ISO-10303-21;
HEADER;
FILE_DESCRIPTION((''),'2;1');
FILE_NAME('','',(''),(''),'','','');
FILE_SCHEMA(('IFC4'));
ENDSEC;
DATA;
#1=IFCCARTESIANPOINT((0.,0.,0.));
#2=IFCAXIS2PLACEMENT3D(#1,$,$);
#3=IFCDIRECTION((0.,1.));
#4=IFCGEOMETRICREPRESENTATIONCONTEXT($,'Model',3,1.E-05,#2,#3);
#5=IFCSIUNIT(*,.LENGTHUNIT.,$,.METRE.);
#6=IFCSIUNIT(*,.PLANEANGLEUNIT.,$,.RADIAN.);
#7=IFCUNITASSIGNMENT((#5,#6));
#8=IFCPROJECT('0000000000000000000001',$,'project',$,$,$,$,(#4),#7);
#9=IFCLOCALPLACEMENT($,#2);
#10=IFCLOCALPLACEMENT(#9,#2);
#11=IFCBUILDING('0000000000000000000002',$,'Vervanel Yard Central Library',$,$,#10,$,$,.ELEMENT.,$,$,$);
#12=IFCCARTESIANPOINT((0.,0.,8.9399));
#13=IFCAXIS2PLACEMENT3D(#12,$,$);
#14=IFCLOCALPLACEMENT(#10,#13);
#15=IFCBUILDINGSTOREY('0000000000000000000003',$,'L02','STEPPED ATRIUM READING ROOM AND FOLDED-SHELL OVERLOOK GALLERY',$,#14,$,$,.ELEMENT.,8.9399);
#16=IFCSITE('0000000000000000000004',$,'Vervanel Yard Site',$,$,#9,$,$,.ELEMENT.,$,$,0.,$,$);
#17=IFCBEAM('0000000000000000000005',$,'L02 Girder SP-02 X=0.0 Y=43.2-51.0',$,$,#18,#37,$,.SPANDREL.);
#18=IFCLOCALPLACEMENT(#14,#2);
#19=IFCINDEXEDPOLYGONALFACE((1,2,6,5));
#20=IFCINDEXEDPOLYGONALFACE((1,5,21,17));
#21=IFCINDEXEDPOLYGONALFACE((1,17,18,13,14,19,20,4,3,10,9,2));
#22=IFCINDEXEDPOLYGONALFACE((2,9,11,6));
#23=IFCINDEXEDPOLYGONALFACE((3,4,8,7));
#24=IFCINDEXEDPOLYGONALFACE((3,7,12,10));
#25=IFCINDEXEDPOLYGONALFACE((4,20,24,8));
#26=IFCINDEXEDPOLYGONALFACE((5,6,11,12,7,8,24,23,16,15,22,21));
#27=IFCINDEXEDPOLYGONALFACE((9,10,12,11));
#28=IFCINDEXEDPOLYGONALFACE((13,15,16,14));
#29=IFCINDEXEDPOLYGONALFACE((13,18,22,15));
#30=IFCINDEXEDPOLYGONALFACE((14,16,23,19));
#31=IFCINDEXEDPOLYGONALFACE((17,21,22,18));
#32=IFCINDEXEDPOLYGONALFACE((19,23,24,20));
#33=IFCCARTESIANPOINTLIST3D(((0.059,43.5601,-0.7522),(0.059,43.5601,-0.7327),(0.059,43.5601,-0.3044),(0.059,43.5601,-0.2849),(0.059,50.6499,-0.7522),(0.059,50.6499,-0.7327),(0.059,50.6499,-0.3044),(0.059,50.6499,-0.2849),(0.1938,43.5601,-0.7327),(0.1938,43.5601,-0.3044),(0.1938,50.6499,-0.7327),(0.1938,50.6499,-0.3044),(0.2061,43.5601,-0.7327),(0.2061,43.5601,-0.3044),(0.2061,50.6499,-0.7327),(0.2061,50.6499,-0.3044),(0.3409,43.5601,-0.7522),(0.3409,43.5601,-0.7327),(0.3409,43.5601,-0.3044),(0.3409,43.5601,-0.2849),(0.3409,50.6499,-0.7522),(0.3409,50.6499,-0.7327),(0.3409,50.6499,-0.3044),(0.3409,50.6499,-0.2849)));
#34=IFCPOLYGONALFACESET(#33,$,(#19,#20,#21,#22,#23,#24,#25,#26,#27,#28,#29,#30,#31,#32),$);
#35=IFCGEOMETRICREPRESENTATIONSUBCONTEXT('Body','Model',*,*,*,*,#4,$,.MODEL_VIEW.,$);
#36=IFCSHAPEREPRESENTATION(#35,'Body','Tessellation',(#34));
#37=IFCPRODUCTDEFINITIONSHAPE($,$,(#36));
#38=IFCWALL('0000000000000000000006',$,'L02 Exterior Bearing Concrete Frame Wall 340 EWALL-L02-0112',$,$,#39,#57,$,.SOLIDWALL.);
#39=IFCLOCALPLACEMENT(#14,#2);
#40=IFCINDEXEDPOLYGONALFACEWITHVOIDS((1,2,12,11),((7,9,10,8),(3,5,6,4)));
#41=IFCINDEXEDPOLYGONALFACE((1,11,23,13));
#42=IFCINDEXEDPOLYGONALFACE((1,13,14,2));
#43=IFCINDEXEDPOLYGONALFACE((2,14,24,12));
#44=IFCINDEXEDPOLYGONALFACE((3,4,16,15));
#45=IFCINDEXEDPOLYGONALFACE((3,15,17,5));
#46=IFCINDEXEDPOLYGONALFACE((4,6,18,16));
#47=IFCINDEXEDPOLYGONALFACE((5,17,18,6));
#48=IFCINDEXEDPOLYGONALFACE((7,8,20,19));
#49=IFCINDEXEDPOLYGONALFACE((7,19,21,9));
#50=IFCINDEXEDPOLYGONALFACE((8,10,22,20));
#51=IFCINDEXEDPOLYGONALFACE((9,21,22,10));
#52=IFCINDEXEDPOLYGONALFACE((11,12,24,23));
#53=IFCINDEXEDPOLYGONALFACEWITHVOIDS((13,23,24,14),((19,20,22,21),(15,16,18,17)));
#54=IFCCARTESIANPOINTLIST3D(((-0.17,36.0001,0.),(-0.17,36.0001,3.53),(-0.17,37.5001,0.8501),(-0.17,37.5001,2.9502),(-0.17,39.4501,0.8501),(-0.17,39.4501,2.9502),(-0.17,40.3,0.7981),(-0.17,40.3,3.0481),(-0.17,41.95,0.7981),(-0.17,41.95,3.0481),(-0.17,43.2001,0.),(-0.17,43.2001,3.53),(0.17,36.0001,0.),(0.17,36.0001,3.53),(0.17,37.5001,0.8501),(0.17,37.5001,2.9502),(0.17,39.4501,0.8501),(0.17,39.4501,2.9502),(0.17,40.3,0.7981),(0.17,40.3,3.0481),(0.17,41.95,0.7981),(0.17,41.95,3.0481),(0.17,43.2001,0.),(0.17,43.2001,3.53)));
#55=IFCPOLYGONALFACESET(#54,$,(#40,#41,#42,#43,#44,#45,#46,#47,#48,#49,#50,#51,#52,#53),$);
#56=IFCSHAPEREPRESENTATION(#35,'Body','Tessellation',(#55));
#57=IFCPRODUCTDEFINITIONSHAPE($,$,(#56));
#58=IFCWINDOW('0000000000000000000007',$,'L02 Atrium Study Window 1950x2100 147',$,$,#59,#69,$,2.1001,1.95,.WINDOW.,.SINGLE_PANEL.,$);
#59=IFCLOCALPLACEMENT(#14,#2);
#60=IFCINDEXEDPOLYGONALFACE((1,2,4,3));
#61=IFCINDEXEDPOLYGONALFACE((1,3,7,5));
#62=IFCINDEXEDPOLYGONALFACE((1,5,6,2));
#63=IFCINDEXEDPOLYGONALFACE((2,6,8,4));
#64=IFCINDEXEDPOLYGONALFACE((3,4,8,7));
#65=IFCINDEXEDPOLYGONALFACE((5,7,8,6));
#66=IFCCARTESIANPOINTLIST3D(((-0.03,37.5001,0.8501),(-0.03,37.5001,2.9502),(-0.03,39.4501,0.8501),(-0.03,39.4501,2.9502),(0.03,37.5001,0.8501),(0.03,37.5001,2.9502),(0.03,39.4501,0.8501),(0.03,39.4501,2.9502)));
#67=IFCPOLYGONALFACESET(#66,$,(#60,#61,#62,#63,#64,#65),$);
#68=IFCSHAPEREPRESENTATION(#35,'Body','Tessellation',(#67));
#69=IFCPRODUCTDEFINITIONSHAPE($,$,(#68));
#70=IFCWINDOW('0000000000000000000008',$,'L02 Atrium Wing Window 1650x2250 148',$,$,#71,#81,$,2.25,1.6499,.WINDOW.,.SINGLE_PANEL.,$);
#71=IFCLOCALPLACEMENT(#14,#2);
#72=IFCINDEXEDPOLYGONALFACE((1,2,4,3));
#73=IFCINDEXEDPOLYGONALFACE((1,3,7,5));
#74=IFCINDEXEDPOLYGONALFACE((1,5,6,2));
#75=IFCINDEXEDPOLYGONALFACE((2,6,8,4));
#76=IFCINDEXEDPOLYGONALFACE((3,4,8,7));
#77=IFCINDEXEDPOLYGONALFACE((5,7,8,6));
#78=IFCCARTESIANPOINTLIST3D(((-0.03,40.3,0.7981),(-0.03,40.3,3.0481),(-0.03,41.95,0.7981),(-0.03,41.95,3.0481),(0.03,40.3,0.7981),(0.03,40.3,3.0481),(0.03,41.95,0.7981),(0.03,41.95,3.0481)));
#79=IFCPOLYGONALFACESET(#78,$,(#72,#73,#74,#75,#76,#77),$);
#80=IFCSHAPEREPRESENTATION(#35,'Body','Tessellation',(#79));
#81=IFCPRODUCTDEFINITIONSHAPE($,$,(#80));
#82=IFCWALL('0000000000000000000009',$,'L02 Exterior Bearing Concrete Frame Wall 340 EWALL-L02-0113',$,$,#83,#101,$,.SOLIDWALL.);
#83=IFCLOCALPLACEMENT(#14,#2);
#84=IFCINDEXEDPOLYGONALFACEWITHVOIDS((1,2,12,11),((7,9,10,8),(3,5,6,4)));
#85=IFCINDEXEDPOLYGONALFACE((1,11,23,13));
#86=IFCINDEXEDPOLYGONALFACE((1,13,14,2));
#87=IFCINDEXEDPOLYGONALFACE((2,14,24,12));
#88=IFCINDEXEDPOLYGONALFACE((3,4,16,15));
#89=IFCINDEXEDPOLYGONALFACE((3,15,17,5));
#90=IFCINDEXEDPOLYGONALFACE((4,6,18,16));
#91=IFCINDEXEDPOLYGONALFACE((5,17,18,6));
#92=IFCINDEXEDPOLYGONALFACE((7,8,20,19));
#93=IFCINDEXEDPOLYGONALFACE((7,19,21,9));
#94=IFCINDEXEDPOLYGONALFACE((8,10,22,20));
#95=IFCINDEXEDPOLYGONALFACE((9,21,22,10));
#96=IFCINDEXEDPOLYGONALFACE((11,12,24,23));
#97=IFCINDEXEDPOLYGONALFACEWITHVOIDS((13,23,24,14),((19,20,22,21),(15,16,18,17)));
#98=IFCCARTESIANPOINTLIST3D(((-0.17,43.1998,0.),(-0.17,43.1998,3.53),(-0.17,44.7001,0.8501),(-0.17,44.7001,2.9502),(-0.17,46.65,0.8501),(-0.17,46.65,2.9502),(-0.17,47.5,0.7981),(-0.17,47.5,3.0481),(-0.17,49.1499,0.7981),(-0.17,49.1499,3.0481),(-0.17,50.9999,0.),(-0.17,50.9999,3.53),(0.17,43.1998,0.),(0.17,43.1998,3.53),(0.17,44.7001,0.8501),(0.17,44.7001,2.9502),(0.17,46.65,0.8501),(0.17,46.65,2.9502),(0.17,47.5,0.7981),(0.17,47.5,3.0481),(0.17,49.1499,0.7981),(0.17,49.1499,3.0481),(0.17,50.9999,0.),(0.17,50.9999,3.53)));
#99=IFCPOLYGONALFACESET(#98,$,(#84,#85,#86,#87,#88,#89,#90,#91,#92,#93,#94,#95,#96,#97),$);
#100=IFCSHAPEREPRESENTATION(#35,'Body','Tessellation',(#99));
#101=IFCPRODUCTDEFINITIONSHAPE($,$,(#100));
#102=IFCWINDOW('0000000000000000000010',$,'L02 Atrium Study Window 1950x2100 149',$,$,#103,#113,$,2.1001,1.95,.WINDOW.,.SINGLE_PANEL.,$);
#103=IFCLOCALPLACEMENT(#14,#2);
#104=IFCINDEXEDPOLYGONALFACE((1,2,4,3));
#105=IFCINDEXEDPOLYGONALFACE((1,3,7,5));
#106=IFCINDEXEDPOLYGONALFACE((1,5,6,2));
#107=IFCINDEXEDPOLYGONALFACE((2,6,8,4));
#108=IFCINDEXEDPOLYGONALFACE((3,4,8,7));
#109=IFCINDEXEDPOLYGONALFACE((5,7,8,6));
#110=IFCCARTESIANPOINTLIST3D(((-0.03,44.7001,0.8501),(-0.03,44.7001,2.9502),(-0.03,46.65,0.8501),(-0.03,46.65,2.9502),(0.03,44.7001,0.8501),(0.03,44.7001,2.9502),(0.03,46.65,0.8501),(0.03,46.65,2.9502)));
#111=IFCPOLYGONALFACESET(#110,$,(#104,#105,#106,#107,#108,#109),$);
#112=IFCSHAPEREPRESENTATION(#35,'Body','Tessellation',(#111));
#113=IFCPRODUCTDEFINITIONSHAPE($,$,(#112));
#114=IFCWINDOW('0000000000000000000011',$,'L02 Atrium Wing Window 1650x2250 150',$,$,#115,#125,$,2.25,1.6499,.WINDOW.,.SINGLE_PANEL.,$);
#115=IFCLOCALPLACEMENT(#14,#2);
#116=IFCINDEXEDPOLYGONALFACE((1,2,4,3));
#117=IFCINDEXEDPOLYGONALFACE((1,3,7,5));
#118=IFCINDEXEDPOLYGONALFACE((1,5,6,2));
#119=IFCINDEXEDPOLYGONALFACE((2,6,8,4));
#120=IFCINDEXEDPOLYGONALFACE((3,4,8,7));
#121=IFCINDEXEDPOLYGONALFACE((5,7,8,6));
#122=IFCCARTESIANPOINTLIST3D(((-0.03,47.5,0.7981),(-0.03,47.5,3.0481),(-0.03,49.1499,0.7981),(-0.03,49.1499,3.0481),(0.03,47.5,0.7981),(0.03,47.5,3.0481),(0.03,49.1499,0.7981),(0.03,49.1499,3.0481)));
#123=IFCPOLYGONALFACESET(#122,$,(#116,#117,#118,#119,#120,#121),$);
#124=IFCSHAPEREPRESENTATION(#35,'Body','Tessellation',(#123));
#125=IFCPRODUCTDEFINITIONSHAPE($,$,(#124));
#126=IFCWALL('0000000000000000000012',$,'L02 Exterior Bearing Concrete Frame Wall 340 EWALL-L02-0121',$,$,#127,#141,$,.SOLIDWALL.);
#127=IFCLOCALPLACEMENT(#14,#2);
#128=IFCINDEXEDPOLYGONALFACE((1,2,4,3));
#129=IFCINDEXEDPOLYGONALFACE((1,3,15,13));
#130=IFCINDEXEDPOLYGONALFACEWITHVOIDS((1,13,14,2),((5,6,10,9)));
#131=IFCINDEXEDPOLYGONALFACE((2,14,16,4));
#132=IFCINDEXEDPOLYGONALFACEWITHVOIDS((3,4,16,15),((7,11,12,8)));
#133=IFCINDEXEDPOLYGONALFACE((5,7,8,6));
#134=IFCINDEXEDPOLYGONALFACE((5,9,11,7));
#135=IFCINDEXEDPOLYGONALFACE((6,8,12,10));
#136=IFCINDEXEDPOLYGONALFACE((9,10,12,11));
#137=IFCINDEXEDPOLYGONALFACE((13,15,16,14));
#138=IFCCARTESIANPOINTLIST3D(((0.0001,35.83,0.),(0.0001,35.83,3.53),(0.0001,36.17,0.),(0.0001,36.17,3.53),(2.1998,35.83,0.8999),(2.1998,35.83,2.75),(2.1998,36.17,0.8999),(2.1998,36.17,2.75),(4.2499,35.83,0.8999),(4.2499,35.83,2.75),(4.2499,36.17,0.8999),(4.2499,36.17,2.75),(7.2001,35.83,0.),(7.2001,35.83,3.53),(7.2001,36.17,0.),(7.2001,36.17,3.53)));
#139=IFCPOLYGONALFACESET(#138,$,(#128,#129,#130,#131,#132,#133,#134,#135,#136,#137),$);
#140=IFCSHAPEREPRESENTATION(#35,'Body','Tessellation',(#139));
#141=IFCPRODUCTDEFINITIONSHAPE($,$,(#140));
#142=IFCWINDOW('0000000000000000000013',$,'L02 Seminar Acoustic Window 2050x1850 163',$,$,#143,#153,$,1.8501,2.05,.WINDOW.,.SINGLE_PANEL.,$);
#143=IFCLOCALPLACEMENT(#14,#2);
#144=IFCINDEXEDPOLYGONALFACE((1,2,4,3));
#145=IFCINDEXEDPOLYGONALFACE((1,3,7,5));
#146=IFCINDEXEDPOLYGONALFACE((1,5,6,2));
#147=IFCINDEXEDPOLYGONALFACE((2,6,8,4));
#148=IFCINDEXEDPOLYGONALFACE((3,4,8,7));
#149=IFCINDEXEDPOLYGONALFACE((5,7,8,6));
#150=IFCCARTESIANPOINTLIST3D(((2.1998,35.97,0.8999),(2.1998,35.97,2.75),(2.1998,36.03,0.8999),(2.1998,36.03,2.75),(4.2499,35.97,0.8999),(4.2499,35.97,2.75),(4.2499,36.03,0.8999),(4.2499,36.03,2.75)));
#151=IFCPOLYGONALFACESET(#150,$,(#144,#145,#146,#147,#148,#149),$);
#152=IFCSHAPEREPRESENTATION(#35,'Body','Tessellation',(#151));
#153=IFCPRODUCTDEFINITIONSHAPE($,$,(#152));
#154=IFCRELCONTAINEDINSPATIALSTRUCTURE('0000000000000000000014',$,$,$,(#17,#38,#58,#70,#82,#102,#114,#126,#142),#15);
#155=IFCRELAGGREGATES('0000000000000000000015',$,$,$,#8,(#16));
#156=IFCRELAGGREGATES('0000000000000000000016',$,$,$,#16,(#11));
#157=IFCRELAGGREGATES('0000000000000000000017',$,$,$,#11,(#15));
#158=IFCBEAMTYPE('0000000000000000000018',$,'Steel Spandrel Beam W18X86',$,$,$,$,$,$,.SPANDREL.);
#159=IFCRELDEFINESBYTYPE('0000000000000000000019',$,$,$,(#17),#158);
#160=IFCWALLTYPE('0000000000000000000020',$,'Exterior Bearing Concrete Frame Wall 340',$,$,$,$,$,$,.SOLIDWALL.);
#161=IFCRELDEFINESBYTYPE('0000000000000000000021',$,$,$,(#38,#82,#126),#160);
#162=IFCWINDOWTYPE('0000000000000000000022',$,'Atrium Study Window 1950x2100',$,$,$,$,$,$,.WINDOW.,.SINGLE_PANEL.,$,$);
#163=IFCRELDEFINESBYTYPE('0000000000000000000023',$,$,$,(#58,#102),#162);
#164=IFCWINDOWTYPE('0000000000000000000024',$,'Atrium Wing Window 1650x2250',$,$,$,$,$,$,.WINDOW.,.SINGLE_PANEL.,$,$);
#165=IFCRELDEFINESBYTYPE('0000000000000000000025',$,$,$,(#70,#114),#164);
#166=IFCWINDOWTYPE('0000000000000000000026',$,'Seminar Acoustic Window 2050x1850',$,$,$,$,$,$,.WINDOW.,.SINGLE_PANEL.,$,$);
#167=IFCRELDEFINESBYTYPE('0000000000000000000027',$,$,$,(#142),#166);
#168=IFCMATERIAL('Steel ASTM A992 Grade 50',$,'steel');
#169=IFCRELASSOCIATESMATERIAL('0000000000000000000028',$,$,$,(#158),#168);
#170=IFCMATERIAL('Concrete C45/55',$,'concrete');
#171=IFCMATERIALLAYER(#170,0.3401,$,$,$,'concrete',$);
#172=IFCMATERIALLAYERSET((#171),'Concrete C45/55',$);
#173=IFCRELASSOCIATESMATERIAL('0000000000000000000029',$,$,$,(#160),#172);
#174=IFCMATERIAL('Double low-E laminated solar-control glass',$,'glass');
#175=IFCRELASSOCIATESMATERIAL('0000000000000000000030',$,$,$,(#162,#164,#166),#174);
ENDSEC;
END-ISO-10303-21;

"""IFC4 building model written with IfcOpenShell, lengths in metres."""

from ifc_helpers import new_model, si_unit, direction, frame, frame_2d, origin, origin_2d, place, context, subcontext, project, spatial, rectangle, i_section, extrude, material, layer, layer_set, material_profile, profile_set, type_object, element, fill, save


model = new_model("IFC4")

# Units and contexts
model_context = context("Model", 3, precision=1e-05, world=origin(), true_north=direction((0.0, 1.0)))
body_context = subcontext(model_context, "Body", "Model", "MODEL_VIEW")
ifc_project = project(units=[si_unit("LENGTHUNIT", "METRE"), si_unit("PLANEANGLEUNIT", "RADIAN")], contexts=[model_context])

# Site, building, storey
site_placement = place(None, origin())
site = spatial("IfcSite", under=ifc_project, at=site_placement, Name="Vervanel Yard Site", CompositionType="ELEMENT", RefElevation=0.0)
building_placement = place(site_placement, origin())
building = spatial("IfcBuilding", under=site, at=building_placement, Name="Vervanel Yard Central Library", CompositionType="ELEMENT")
storey_placement = place(building_placement, frame((0.0, 0.0, 8.9399)))
storey = spatial("IfcBuildingStorey", under=building, at=storey_placement, Name="L02", Description="STEPPED ATRIUM READING ROOM AND FOLDED-SHELL OVERLOOK GALLERY", CompositionType="ELEMENT", Elevation=8.9399)

# Beam
ifc_material_1 = material(Name="Steel ASTM A992 Grade 50", Category="steel")
ifc_material_profile_1 = material_profile(ifc_material_1, i_section(OverallWidth=0.282, OverallDepth=0.4673, WebThickness=0.0122, FlangeThickness=0.0195, at=origin_2d()), Name="W18X86", Category="steel")
ifc_profile_set_1 = profile_set([ifc_material_profile_1], Name="Steel ASTM A992 Grade 50")
beam_type_1 = type_object("IfcBeamType", Name="Steel Spandrel Beam W18X86", PredefinedType="SPANDREL", material=ifc_profile_set_1)
beam_1_placement = place(storey_placement, frame((0.2, 43.5601, -0.5186), z_axis=(0.0, 1.0, 0.0), x_axis=(-1.0, 0.0, 0.0)))
element("IfcBeam", 1, at=beam_1_placement, inside=storey, type_object=beam_type_1, Name="L02 Girder SP-02 X=0.0 Y=43.2-51.0", PredefinedType="SPANDREL", context=body_context, shape_type="SweptSolid", body=[
    extrude(i_section(OverallWidth=0.282, OverallDepth=0.4673, WebThickness=0.0122, FlangeThickness=0.0195, at=origin_2d()), origin(), (0.0, 0.0, 1.0), 7.0898),
])

# Walls, openings, windows
ifc_material_2 = material(Name="Concrete C45/55", Category="concrete")
ifc_layer = layer(ifc_material_2, 0.3401, Category="concrete")
ifc_layer_set = layer_set([ifc_layer], Name="Concrete C45/55")
wall_type = type_object("IfcWallType", Name="Exterior Bearing Concrete Frame Wall 340", PredefinedType="SOLIDWALL", material=ifc_layer_set)
wall_1_placement = place(storey_placement, frame((0.0, 36.0, 0.0), z_axis=(0.0, 0.0, 1.0), x_axis=(0.0, 1.0, 0.0)))
wall_1 = element("IfcWall", 2, at=wall_1_placement, inside=storey, type_object=wall_type, Name="L02 Exterior Bearing Concrete Frame Wall 340 EWALL-L02-0112", PredefinedType="SOLIDWALL", context=body_context, shape_type="SweptSolid", body=[
    extrude(rectangle(XDim=7.2, YDim=0.3401, at=frame_2d((3.6001, 0.0))), origin(), (0.0, 0.0, 1.0), 3.53),
])
opening_1_placement = place(wall_1_placement, frame((1.5, 0.0, 0.8501)))
opening_1 = element("IfcOpeningElement", 3, at=opening_1_placement, cuts=wall_1, PredefinedType="OPENING", context=body_context, shape_type="SweptSolid", body=[
    extrude(rectangle(XDim=1.95, YDim=2.1001, at=frame_2d((0.9751, 1.05))), frame((0.0, 0.1799, 0.0), z_axis=(0.0, -1.0, 0.0), x_axis=(1.0, 0.0, 0.0)), (0.0, 0.0, 1.0), 0.3601),
])
opening_2_placement = place(wall_1_placement, frame((4.3, 0.0, 0.7981)))
opening_2 = element("IfcOpeningElement", 4, at=opening_2_placement, cuts=wall_1, PredefinedType="OPENING", context=body_context, shape_type="SweptSolid", body=[
    extrude(rectangle(XDim=1.6499, YDim=2.25, at=frame_2d((0.825, 1.125))), frame((0.0, 0.1799, 0.0), z_axis=(0.0, -1.0, 0.0), x_axis=(1.0, 0.0, 0.0)), (0.0, 0.0, 1.0), 0.3601),
])
ifc_material_3 = material(Name="Double low-E laminated solar-control glass", Category="glass")
window_type_1 = type_object("IfcWindowType", Name="Atrium Study Window 1950x2100", PartitioningType="SINGLE_PANEL", PredefinedType="WINDOW", material=ifc_material_3)
window_1_placement = place(opening_1_placement, origin())
window_1 = element("IfcWindow", 5, at=window_1_placement, inside=storey, type_object=window_type_1, Name="L02 Atrium Study Window 1950x2100 147", OverallHeight=2.1001, OverallWidth=1.95, PartitioningType="SINGLE_PANEL", PredefinedType="WINDOW", context=body_context, shape_type="SweptSolid", body=[
    extrude(rectangle(XDim=1.95, YDim=2.1001, at=frame_2d((0.9751, 1.05))), frame((0.0, 0.03, 0.0), z_axis=(0.0, -1.0, 0.0), x_axis=(1.0, 0.0, 0.0)), (0.0, 0.0, 1.0), 0.0601),
])
fill(opening_1, window_1)
window_type_2 = type_object("IfcWindowType", Name="Atrium Wing Window 1650x2250", PartitioningType="SINGLE_PANEL", PredefinedType="WINDOW", material=ifc_material_3)
window_2_placement = place(opening_2_placement, origin())
window_2 = element("IfcWindow", 6, at=window_2_placement, inside=storey, type_object=window_type_2, Name="L02 Atrium Wing Window 1650x2250 148", OverallHeight=2.25, OverallWidth=1.6499, PartitioningType="SINGLE_PANEL", PredefinedType="WINDOW", context=body_context, shape_type="SweptSolid", body=[
    extrude(rectangle(XDim=1.6499, YDim=2.25, at=frame_2d((0.825, 1.125))), frame((0.0, 0.03, 0.0), z_axis=(0.0, -1.0, 0.0), x_axis=(1.0, 0.0, 0.0)), (0.0, 0.0, 1.0), 0.0601),
])
fill(opening_2, window_2)
wall_2_placement = place(storey_placement, frame((0.0, 43.2, 0.0), z_axis=(0.0, 0.0, 1.0), x_axis=(0.0, 1.0, 0.0)))
wall_2 = element("IfcWall", 7, at=wall_2_placement, inside=storey, type_object=wall_type, Name="L02 Exterior Bearing Concrete Frame Wall 340 EWALL-L02-0113", PredefinedType="SOLIDWALL", context=body_context, shape_type="SweptSolid", body=[
    extrude(rectangle(XDim=7.8, YDim=0.3401, at=frame_2d((3.8999, 0.0))), origin(), (0.0, 0.0, 1.0), 3.53),
])
opening_3_placement = place(wall_2_placement, frame((1.5, 0.0, 0.8501)))
opening_3 = element("IfcOpeningElement", 8, at=opening_3_placement, cuts=wall_2, PredefinedType="OPENING", context=body_context, shape_type="SweptSolid", body=[
    extrude(rectangle(XDim=1.95, YDim=2.1001, at=frame_2d((0.9751, 1.05))), frame((0.0, 0.1799, 0.0), z_axis=(0.0, -1.0, 0.0), x_axis=(1.0, 0.0, 0.0)), (0.0, 0.0, 1.0), 0.3601),
])
opening_4_placement = place(wall_2_placement, frame((4.3, 0.0, 0.7981)))
opening_4 = element("IfcOpeningElement", 9, at=opening_4_placement, cuts=wall_2, PredefinedType="OPENING", context=body_context, shape_type="SweptSolid", body=[
    extrude(rectangle(XDim=1.6499, YDim=2.25, at=frame_2d((0.825, 1.125))), frame((0.0, 0.1799, 0.0), z_axis=(0.0, -1.0, 0.0), x_axis=(1.0, 0.0, 0.0)), (0.0, 0.0, 1.0), 0.3601),
])
window_3_placement = place(opening_3_placement, origin())
window_3 = element("IfcWindow", 10, at=window_3_placement, inside=storey, type_object=window_type_1, Name="L02 Atrium Study Window 1950x2100 149", OverallHeight=2.1001, OverallWidth=1.95, PartitioningType="SINGLE_PANEL", PredefinedType="WINDOW", context=body_context, shape_type="SweptSolid", body=[
    extrude(rectangle(XDim=1.95, YDim=2.1001, at=frame_2d((0.9751, 1.05))), frame((0.0, 0.03, 0.0), z_axis=(0.0, -1.0, 0.0), x_axis=(1.0, 0.0, 0.0)), (0.0, 0.0, 1.0), 0.0601),
])
fill(opening_3, window_3)
window_4_placement = place(opening_4_placement, origin())
window_4 = element("IfcWindow", 11, at=window_4_placement, inside=storey, type_object=window_type_2, Name="L02 Atrium Wing Window 1650x2250 150", OverallHeight=2.25, OverallWidth=1.6499, PartitioningType="SINGLE_PANEL", PredefinedType="WINDOW", context=body_context, shape_type="SweptSolid", body=[
    extrude(rectangle(XDim=1.6499, YDim=2.25, at=frame_2d((0.825, 1.125))), frame((0.0, 0.03, 0.0), z_axis=(0.0, -1.0, 0.0), x_axis=(1.0, 0.0, 0.0)), (0.0, 0.0, 1.0), 0.0601),
])
fill(opening_4, window_4)

# Wall, opening, window
wall_3_placement = place(storey_placement, frame((0.0, 36.0, 0.0), z_axis=(0.0, 0.0, 1.0), x_axis=(1.0, 0.0, 0.0)))
wall_3 = element("IfcWall", 12, at=wall_3_placement, inside=storey, type_object=wall_type, Name="L02 Exterior Bearing Concrete Frame Wall 340 EWALL-L02-0121", PredefinedType="SOLIDWALL", context=body_context, shape_type="SweptSolid", body=[
    extrude(rectangle(XDim=7.2, YDim=0.3401, at=frame_2d((3.6001, 0.0))), origin(), (0.0, 0.0, 1.0), 3.53),
])
opening_5_placement = place(wall_3_placement, frame((2.2, 0.0, 0.8999)))
opening_5 = element("IfcOpeningElement", 13, at=opening_5_placement, cuts=wall_3, PredefinedType="OPENING", context=body_context, shape_type="SweptSolid", body=[
    extrude(rectangle(XDim=2.05, YDim=1.8501, at=frame_2d((1.0249, 0.925))), frame((0.0, 0.1799, 0.0), z_axis=(0.0, -1.0, 0.0), x_axis=(1.0, 0.0, 0.0)), (0.0, 0.0, 1.0), 0.3601),
])
window_type_3 = type_object("IfcWindowType", Name="Seminar Acoustic Window 2050x1850", PartitioningType="SINGLE_PANEL", PredefinedType="WINDOW", material=ifc_material_3)
window_5_placement = place(opening_5_placement, origin())
window_5 = element("IfcWindow", 14, at=window_5_placement, inside=storey, type_object=window_type_3, Name="L02 Seminar Acoustic Window 2050x1850 163", OverallHeight=1.8501, OverallWidth=2.05, PartitioningType="SINGLE_PANEL", PredefinedType="WINDOW", context=body_context, shape_type="SweptSolid", body=[
    extrude(rectangle(XDim=2.05, YDim=1.8501, at=frame_2d((1.0249, 0.925))), frame((0.0, 0.03, 0.0), z_axis=(0.0, -1.0, 0.0), x_axis=(1.0, 0.0, 0.0)), (0.0, 0.0, 1.0), 0.0601),
])
fill(opening_5, window_5)

save(model, "model.ifc")
